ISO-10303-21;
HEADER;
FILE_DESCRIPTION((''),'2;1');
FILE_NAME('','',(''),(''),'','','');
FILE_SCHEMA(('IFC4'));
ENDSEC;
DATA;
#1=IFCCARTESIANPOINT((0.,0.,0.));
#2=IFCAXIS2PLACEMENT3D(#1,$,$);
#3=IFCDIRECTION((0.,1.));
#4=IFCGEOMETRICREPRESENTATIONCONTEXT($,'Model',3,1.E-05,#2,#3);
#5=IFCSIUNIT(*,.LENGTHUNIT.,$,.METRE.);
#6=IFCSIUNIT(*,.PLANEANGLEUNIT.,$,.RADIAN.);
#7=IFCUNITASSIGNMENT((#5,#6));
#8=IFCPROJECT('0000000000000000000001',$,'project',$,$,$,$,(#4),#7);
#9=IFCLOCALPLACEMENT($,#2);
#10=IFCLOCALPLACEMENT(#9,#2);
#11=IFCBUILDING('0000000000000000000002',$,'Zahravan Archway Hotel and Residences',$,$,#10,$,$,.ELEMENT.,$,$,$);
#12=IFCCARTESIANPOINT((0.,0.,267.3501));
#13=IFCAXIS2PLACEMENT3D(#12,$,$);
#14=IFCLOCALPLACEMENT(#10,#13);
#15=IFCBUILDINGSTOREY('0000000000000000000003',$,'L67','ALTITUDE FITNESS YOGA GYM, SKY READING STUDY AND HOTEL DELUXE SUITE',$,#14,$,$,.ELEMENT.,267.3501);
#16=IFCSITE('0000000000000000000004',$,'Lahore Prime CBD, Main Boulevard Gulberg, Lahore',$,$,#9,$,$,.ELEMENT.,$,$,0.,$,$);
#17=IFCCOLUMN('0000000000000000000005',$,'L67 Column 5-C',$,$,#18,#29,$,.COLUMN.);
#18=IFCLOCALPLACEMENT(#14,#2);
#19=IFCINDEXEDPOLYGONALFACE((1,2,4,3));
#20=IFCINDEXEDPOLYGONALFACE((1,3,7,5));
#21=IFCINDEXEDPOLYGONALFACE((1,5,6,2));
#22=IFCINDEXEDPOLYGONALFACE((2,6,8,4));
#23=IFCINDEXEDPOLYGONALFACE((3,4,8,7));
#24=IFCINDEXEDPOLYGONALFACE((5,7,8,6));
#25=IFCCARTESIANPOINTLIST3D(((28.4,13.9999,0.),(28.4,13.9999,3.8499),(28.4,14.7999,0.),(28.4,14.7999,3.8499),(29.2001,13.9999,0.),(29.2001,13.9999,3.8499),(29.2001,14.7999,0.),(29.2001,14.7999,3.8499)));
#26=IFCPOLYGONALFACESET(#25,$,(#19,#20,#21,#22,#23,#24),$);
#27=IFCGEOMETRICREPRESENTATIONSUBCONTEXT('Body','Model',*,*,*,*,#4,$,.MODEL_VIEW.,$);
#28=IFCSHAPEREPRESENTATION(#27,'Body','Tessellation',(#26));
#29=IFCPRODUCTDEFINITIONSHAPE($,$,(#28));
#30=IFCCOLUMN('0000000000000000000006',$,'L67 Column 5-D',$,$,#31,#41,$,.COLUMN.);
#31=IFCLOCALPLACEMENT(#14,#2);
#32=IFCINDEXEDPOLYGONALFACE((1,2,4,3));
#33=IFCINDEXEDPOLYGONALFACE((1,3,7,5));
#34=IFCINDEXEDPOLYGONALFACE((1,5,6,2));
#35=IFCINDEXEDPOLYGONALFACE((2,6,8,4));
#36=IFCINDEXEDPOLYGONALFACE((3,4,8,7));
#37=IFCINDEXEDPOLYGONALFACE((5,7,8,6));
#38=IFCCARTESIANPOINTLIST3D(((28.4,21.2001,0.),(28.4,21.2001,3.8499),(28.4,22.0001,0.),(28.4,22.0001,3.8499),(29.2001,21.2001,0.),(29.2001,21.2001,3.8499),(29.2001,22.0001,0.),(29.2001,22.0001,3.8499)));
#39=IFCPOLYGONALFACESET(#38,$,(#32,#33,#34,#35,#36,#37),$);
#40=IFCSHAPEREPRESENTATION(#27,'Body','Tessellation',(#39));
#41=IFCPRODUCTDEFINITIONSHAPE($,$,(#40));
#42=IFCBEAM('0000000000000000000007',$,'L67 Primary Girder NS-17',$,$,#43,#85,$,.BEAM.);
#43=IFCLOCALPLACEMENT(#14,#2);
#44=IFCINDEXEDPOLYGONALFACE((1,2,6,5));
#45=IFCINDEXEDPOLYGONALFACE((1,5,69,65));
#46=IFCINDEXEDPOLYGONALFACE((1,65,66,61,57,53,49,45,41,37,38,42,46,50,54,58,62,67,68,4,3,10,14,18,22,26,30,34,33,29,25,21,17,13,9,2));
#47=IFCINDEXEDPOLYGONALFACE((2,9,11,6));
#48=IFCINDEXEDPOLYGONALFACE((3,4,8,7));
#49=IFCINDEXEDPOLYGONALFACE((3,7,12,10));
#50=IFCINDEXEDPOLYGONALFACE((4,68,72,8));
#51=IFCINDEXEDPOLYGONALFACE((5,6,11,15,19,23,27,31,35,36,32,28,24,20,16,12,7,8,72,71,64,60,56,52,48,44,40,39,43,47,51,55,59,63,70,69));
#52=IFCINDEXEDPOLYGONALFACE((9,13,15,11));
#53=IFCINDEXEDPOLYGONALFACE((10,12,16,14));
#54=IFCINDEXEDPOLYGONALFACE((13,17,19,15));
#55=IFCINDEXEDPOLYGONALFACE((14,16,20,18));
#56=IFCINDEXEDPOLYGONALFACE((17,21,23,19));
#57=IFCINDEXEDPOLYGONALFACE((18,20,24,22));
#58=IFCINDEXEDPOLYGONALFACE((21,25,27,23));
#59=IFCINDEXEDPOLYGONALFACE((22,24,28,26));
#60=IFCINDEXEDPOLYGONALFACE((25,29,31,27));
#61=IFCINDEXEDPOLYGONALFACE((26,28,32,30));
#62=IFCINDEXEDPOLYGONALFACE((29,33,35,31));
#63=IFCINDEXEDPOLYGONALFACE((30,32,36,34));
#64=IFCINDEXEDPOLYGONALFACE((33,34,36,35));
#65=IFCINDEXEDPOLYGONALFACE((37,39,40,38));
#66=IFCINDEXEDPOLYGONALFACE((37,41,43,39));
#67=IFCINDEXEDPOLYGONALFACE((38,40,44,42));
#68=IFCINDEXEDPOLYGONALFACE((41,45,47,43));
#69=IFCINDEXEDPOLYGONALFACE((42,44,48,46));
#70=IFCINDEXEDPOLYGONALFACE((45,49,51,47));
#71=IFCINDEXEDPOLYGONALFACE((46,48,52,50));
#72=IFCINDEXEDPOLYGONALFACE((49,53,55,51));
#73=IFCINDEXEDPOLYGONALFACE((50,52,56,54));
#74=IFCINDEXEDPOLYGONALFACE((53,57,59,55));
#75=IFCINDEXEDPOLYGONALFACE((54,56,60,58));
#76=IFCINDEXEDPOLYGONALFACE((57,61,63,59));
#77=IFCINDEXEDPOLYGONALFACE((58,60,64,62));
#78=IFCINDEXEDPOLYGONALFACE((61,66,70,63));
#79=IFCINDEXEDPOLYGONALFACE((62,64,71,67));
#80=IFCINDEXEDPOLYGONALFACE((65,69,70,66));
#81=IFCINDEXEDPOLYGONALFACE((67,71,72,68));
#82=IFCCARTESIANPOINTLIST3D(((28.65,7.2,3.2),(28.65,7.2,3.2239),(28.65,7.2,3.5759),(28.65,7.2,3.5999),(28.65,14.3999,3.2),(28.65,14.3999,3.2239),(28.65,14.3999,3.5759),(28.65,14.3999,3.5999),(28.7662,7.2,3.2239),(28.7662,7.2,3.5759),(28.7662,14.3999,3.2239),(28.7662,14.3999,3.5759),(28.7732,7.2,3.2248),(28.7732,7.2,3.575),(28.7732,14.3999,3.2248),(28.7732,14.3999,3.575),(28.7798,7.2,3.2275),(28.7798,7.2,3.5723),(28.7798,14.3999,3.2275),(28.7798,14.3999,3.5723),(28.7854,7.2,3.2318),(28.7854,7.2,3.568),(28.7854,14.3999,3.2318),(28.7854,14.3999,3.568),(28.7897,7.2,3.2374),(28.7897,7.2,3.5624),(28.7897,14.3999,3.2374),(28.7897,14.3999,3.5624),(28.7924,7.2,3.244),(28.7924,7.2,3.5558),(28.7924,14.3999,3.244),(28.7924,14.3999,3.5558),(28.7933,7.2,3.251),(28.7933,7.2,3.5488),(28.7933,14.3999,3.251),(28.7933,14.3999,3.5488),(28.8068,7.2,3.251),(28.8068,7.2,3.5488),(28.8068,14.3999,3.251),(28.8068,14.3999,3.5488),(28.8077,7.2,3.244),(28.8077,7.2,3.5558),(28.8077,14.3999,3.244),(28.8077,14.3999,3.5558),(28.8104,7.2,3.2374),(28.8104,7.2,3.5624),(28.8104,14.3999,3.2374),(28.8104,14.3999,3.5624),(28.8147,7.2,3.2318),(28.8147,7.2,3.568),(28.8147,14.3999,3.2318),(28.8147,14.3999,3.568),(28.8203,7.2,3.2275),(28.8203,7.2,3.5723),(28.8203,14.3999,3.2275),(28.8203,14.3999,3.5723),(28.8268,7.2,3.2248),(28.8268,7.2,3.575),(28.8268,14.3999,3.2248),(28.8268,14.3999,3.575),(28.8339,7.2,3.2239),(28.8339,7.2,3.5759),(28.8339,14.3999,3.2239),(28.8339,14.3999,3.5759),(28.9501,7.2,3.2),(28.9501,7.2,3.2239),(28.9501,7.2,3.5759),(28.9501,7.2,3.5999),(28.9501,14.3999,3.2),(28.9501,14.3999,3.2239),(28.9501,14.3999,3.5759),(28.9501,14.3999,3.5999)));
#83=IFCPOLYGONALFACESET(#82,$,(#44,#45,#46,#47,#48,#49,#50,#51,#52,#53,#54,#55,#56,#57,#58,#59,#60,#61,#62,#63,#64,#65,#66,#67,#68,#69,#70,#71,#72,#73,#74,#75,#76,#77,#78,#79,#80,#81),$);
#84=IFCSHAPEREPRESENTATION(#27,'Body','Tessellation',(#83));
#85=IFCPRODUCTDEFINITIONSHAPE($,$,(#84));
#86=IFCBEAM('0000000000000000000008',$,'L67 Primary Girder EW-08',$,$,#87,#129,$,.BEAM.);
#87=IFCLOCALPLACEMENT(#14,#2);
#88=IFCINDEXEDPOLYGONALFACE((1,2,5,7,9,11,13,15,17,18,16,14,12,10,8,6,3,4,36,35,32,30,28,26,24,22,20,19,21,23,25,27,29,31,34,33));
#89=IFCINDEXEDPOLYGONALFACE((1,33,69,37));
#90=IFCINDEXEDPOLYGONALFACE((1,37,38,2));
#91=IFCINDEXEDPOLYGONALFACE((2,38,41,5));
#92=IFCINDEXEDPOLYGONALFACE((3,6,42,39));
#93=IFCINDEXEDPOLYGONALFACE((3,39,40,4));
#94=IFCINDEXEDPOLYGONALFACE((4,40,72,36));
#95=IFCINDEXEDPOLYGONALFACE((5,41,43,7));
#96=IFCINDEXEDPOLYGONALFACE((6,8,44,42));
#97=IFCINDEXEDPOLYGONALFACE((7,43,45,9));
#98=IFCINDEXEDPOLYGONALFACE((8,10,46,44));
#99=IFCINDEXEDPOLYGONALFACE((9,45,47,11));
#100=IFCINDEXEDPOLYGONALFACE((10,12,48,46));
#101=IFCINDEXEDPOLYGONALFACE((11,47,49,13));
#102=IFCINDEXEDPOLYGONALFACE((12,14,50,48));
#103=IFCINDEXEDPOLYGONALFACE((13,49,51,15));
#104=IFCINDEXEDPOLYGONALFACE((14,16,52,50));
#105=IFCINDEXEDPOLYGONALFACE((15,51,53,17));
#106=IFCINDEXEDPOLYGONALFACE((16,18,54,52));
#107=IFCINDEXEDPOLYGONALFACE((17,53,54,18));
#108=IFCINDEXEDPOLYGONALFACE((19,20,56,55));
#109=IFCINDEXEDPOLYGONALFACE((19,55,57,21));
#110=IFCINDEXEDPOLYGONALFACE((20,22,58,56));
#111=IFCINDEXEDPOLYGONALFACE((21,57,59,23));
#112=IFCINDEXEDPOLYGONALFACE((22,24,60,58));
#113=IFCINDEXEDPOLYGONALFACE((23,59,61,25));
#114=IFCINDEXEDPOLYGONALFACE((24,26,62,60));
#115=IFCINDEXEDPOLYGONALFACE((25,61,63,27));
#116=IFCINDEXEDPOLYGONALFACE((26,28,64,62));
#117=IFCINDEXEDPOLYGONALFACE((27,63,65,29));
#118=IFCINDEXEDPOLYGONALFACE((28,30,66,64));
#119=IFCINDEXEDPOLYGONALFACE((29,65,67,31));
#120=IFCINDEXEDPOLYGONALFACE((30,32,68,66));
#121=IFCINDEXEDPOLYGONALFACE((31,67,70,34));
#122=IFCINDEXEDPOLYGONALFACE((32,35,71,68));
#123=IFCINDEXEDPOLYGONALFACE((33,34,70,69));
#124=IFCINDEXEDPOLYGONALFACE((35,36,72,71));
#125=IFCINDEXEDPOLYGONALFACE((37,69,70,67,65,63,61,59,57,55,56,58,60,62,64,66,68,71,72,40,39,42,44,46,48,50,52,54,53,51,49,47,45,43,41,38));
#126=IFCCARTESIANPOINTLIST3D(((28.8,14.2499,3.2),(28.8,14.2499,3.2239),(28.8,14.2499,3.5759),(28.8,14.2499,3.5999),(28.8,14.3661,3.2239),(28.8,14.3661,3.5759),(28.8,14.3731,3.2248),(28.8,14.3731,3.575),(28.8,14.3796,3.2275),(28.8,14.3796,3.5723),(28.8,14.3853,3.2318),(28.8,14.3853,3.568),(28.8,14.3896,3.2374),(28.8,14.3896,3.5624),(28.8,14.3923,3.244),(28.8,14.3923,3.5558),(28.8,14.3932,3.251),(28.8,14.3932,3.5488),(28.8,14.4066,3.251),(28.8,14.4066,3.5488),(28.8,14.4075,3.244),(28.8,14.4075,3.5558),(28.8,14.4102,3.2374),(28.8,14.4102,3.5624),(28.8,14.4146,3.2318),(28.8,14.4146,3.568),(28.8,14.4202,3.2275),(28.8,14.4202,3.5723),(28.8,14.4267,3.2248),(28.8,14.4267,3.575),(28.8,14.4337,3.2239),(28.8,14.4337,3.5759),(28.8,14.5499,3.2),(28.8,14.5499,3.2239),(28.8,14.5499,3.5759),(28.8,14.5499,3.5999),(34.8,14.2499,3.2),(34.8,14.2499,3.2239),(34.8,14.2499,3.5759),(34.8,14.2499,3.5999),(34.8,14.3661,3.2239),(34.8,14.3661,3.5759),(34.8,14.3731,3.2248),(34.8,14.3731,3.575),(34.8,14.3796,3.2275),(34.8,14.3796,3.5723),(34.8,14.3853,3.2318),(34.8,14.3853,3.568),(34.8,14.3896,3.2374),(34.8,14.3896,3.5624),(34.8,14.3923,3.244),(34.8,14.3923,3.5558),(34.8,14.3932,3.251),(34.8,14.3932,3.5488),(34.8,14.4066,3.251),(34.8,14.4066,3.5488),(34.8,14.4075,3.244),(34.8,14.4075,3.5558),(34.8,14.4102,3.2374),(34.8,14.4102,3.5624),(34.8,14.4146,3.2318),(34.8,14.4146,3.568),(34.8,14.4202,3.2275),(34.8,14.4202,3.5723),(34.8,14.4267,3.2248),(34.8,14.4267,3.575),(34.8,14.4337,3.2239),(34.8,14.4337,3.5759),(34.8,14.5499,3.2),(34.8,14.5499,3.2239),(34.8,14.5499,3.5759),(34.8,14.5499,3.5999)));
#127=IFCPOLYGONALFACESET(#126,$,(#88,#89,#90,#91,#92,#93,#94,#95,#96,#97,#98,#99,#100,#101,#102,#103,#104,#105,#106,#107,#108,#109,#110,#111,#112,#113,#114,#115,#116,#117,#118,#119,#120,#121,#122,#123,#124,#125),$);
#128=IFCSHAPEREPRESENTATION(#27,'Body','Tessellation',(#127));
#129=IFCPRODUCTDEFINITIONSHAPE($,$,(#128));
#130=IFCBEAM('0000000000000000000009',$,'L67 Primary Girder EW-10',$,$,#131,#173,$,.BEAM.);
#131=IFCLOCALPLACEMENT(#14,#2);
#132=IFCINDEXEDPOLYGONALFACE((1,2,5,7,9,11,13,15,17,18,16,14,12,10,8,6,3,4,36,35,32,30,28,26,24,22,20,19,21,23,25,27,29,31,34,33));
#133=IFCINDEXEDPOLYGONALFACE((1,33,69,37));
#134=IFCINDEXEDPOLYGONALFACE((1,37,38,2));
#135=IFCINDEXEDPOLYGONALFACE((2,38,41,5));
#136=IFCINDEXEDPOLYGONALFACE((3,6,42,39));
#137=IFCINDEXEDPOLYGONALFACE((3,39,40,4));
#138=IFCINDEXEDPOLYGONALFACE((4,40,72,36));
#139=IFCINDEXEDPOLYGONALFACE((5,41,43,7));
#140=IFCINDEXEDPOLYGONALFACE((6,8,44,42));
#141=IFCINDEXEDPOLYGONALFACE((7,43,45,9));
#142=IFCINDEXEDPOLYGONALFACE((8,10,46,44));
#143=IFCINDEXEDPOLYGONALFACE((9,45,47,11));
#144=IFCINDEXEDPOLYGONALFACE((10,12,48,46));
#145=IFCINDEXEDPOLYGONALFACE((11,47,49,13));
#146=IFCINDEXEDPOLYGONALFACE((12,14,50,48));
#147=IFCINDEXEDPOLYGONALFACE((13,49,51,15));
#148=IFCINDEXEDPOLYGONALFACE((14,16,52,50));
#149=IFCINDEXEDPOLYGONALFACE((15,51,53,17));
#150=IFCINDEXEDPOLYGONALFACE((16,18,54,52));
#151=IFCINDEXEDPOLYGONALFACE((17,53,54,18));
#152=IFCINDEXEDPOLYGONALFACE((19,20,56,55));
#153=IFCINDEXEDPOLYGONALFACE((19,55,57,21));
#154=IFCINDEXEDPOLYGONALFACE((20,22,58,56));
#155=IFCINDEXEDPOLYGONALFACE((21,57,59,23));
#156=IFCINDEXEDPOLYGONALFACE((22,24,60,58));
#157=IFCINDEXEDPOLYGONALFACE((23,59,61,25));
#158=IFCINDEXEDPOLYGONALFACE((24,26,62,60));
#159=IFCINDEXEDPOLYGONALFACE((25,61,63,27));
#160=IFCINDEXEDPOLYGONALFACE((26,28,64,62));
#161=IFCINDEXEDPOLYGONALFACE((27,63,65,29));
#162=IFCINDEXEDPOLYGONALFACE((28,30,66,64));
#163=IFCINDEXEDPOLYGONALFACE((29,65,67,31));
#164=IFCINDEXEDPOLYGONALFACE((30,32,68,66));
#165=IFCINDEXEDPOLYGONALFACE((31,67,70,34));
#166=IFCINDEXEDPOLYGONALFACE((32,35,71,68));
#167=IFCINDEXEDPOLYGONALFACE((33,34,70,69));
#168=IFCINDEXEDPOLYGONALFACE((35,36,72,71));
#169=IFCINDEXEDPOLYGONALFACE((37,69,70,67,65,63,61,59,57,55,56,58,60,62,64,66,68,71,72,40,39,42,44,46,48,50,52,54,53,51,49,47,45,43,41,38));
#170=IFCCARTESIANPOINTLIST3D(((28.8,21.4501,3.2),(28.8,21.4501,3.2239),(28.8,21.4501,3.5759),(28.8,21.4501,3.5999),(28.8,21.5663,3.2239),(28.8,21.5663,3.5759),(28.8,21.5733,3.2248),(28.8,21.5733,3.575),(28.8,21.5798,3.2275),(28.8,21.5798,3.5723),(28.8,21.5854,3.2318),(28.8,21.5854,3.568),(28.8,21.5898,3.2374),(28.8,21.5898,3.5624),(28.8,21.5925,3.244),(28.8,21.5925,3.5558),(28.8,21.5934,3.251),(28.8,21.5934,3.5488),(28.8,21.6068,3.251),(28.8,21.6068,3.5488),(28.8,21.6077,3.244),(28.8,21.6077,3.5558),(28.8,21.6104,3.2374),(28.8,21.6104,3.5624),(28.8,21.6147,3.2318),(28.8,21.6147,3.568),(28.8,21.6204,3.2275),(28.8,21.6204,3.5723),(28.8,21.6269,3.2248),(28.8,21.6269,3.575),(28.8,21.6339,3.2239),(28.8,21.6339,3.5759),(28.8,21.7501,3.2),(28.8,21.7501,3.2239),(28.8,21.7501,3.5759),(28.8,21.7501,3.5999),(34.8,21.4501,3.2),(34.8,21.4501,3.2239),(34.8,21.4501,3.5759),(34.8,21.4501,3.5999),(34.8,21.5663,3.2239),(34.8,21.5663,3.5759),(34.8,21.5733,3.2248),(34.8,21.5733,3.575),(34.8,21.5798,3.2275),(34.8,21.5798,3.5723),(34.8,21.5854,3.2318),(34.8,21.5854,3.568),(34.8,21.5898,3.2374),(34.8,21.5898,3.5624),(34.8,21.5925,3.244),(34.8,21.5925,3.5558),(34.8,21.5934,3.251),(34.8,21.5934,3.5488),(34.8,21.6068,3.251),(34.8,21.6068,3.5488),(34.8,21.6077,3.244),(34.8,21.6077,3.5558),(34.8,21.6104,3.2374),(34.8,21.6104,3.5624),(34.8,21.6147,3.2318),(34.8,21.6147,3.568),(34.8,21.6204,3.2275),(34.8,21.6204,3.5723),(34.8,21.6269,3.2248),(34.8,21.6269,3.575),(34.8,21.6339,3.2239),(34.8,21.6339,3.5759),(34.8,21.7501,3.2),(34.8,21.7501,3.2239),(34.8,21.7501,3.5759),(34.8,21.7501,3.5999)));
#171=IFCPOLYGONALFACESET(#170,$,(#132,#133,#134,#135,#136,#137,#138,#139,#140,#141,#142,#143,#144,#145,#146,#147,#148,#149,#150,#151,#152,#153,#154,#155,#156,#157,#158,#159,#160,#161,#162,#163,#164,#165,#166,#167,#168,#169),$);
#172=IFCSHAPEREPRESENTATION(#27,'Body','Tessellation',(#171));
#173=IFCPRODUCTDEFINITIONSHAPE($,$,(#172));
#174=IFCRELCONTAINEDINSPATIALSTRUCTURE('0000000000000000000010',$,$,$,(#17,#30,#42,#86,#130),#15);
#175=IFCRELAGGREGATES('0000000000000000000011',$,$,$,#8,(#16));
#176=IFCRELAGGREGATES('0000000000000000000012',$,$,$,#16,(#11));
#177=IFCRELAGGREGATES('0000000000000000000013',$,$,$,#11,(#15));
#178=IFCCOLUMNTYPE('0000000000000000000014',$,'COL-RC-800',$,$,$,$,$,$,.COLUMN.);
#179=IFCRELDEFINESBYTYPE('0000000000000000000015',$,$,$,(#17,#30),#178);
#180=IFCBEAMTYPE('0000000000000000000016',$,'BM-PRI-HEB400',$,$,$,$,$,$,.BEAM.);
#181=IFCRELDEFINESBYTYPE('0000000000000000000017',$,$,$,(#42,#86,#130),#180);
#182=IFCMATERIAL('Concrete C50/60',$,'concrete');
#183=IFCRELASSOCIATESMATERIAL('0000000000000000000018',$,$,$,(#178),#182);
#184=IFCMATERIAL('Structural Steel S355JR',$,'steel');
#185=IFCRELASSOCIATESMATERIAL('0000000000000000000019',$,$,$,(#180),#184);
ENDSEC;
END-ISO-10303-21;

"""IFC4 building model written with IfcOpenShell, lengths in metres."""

from ifc_helpers import new_model, si_unit, direction, frame, origin, origin_2d, place, context, subcontext, project, spatial, rectangle, i_section, extrude, source, transform, mapped, material, material_profile, profile_set, type_object, type_shapes, element, save


model = new_model("IFC4")

# Units and contexts
model_context = context("Model", 3, precision=1e-05, world=origin(), true_north=direction((0.0, 1.0)))
body_context = subcontext(model_context, "Body", "Model", "MODEL_VIEW")
ifc_project = project(units=[si_unit("LENGTHUNIT", "METRE"), si_unit("PLANEANGLEUNIT", "RADIAN")], contexts=[model_context])

# Site, building, storey
site_placement = place(None, origin())
site = spatial("IfcSite", under=ifc_project, at=site_placement, Name="Lahore Prime CBD, Main Boulevard Gulberg, Lahore", CompositionType="ELEMENT", RefElevation=0.0)
building_placement = place(site_placement, origin())
building = spatial("IfcBuilding", under=site, at=building_placement, Name="Zahravan Archway Hotel and Residences", CompositionType="ELEMENT")
storey_placement = place(building_placement, frame((0.0, 0.0, 267.3501)))
storey = spatial("IfcBuildingStorey", under=building, at=storey_placement, Name="L67", Description="ALTITUDE FITNESS YOGA GYM, SKY READING STUDY AND HOTEL DELUXE SUITE", CompositionType="ELEMENT", Elevation=267.3501)

# Columns
ifc_material_1 = material(Name="Concrete C50/60", Category="concrete")
ifc_material_profile_1 = material_profile(ifc_material_1, rectangle(XDim=0.8, YDim=0.8, at=origin_2d()), Name="RC-COL-800x800", Category="concrete")
ifc_profile_set_1 = profile_set([ifc_material_profile_1], Name="Concrete C50/60")
column_type = type_object("IfcColumnType", Name="COL-RC-800", PredefinedType="COLUMN", material=ifc_profile_set_1)
shared_shape_1 = source(origin(), body_context, "Body", "SweptSolid", [
    extrude(rectangle(XDim=0.8, YDim=0.8, at=origin_2d()), origin(), (0.0, 0.0, 1.0), 3.8499),
])
for number, where, z_axis, x_axis, name in (
    (1, (28.8, 14.3999, 0.0), (0.0, 0.0, 1.0), (1.0, 0.0, 0.0), "L67 Column 5-C"),
    (2, (28.8, 21.6001, 0.0), (0.0, 0.0, 1.0), (1.0, 0.0, 0.0), "L67 Column 5-D"),
):
    element("IfcColumn", number, at=place(storey_placement, frame(where, z_axis=z_axis, x_axis=x_axis)), inside=storey, type_object=column_type, Name=name, PredefinedType="COLUMN", context=body_context, shape_type="MappedRepresentation", body=[
        mapped(shared_shape_1, transform((0.0, 0.0, 0.0), scale=1.0)),
    ])

# Beams
ifc_material_2 = material(Name="Structural Steel S355JR", Category="steel")
ifc_material_profile_2 = material_profile(ifc_material_2, i_section(OverallWidth=0.3, OverallDepth=0.3999, WebThickness=0.0134, FlangeThickness=0.0239, FilletRadius=0.0271, at=origin_2d()), Name="HEB 400", Category="steel")
ifc_profile_set_2 = profile_set([ifc_material_profile_2], Name="Structural Steel S355JR")
beam_type_1 = type_object("IfcBeamType", Name="BM-PRI-HEB400", PredefinedType="BEAM", material=ifc_profile_set_2)
shared_shape_2 = source(origin(), body_context, "Body", "SweptSolid", [
    extrude(i_section(OverallWidth=0.3, OverallDepth=0.3999, WebThickness=0.0134, FlangeThickness=0.0239, FilletRadius=0.0271, at=origin_2d()), origin(), (0.0, 0.0, 1.0), 7.2),
])
type_shapes(beam_type_1, [shared_shape_2])
beam_1_placement = place(storey_placement, frame((28.8, 7.2, 3.3999), z_axis=(0.0, 1.0, 0.0), x_axis=(-1.0, 0.0, 0.0)))
element("IfcBeam", 3, at=beam_1_placement, inside=storey, type_object=beam_type_1, Name="L67 Primary Girder NS-17", PredefinedType="BEAM", context=body_context, shape_type="MappedRepresentation", body=[
    mapped(shared_shape_2, transform((0.0, 0.0, 0.0), scale=1.0)),
])
shared_shape_3 = source(origin(), body_context, "Body", "SweptSolid", [
    extrude(i_section(OverallWidth=0.3, OverallDepth=0.3999, WebThickness=0.0134, FlangeThickness=0.0239, FilletRadius=0.0271, at=origin_2d()), origin(), (0.0, 0.0, 1.0), 6.0),
])
for number, where, z_axis, x_axis, name in (
    (4, (28.8, 14.3999, 3.3999), (1.0, 0.0, 0.0), (0.0, 1.0, 0.0), "L67 Primary Girder EW-08"),
    (5, (28.8, 21.6001, 3.3999), (1.0, 0.0, 0.0), (0.0, 1.0, 0.0), "L67 Primary Girder EW-10"),
):
    element("IfcBeam", number, at=place(storey_placement, frame(where, z_axis=z_axis, x_axis=x_axis)), inside=storey, type_object=beam_type_1, Name=name, PredefinedType="BEAM", context=body_context, shape_type="MappedRepresentation", body=[
        mapped(shared_shape_3, transform((0.0, 0.0, 0.0), scale=1.0)),
    ])

save(model, "model.ifc")
